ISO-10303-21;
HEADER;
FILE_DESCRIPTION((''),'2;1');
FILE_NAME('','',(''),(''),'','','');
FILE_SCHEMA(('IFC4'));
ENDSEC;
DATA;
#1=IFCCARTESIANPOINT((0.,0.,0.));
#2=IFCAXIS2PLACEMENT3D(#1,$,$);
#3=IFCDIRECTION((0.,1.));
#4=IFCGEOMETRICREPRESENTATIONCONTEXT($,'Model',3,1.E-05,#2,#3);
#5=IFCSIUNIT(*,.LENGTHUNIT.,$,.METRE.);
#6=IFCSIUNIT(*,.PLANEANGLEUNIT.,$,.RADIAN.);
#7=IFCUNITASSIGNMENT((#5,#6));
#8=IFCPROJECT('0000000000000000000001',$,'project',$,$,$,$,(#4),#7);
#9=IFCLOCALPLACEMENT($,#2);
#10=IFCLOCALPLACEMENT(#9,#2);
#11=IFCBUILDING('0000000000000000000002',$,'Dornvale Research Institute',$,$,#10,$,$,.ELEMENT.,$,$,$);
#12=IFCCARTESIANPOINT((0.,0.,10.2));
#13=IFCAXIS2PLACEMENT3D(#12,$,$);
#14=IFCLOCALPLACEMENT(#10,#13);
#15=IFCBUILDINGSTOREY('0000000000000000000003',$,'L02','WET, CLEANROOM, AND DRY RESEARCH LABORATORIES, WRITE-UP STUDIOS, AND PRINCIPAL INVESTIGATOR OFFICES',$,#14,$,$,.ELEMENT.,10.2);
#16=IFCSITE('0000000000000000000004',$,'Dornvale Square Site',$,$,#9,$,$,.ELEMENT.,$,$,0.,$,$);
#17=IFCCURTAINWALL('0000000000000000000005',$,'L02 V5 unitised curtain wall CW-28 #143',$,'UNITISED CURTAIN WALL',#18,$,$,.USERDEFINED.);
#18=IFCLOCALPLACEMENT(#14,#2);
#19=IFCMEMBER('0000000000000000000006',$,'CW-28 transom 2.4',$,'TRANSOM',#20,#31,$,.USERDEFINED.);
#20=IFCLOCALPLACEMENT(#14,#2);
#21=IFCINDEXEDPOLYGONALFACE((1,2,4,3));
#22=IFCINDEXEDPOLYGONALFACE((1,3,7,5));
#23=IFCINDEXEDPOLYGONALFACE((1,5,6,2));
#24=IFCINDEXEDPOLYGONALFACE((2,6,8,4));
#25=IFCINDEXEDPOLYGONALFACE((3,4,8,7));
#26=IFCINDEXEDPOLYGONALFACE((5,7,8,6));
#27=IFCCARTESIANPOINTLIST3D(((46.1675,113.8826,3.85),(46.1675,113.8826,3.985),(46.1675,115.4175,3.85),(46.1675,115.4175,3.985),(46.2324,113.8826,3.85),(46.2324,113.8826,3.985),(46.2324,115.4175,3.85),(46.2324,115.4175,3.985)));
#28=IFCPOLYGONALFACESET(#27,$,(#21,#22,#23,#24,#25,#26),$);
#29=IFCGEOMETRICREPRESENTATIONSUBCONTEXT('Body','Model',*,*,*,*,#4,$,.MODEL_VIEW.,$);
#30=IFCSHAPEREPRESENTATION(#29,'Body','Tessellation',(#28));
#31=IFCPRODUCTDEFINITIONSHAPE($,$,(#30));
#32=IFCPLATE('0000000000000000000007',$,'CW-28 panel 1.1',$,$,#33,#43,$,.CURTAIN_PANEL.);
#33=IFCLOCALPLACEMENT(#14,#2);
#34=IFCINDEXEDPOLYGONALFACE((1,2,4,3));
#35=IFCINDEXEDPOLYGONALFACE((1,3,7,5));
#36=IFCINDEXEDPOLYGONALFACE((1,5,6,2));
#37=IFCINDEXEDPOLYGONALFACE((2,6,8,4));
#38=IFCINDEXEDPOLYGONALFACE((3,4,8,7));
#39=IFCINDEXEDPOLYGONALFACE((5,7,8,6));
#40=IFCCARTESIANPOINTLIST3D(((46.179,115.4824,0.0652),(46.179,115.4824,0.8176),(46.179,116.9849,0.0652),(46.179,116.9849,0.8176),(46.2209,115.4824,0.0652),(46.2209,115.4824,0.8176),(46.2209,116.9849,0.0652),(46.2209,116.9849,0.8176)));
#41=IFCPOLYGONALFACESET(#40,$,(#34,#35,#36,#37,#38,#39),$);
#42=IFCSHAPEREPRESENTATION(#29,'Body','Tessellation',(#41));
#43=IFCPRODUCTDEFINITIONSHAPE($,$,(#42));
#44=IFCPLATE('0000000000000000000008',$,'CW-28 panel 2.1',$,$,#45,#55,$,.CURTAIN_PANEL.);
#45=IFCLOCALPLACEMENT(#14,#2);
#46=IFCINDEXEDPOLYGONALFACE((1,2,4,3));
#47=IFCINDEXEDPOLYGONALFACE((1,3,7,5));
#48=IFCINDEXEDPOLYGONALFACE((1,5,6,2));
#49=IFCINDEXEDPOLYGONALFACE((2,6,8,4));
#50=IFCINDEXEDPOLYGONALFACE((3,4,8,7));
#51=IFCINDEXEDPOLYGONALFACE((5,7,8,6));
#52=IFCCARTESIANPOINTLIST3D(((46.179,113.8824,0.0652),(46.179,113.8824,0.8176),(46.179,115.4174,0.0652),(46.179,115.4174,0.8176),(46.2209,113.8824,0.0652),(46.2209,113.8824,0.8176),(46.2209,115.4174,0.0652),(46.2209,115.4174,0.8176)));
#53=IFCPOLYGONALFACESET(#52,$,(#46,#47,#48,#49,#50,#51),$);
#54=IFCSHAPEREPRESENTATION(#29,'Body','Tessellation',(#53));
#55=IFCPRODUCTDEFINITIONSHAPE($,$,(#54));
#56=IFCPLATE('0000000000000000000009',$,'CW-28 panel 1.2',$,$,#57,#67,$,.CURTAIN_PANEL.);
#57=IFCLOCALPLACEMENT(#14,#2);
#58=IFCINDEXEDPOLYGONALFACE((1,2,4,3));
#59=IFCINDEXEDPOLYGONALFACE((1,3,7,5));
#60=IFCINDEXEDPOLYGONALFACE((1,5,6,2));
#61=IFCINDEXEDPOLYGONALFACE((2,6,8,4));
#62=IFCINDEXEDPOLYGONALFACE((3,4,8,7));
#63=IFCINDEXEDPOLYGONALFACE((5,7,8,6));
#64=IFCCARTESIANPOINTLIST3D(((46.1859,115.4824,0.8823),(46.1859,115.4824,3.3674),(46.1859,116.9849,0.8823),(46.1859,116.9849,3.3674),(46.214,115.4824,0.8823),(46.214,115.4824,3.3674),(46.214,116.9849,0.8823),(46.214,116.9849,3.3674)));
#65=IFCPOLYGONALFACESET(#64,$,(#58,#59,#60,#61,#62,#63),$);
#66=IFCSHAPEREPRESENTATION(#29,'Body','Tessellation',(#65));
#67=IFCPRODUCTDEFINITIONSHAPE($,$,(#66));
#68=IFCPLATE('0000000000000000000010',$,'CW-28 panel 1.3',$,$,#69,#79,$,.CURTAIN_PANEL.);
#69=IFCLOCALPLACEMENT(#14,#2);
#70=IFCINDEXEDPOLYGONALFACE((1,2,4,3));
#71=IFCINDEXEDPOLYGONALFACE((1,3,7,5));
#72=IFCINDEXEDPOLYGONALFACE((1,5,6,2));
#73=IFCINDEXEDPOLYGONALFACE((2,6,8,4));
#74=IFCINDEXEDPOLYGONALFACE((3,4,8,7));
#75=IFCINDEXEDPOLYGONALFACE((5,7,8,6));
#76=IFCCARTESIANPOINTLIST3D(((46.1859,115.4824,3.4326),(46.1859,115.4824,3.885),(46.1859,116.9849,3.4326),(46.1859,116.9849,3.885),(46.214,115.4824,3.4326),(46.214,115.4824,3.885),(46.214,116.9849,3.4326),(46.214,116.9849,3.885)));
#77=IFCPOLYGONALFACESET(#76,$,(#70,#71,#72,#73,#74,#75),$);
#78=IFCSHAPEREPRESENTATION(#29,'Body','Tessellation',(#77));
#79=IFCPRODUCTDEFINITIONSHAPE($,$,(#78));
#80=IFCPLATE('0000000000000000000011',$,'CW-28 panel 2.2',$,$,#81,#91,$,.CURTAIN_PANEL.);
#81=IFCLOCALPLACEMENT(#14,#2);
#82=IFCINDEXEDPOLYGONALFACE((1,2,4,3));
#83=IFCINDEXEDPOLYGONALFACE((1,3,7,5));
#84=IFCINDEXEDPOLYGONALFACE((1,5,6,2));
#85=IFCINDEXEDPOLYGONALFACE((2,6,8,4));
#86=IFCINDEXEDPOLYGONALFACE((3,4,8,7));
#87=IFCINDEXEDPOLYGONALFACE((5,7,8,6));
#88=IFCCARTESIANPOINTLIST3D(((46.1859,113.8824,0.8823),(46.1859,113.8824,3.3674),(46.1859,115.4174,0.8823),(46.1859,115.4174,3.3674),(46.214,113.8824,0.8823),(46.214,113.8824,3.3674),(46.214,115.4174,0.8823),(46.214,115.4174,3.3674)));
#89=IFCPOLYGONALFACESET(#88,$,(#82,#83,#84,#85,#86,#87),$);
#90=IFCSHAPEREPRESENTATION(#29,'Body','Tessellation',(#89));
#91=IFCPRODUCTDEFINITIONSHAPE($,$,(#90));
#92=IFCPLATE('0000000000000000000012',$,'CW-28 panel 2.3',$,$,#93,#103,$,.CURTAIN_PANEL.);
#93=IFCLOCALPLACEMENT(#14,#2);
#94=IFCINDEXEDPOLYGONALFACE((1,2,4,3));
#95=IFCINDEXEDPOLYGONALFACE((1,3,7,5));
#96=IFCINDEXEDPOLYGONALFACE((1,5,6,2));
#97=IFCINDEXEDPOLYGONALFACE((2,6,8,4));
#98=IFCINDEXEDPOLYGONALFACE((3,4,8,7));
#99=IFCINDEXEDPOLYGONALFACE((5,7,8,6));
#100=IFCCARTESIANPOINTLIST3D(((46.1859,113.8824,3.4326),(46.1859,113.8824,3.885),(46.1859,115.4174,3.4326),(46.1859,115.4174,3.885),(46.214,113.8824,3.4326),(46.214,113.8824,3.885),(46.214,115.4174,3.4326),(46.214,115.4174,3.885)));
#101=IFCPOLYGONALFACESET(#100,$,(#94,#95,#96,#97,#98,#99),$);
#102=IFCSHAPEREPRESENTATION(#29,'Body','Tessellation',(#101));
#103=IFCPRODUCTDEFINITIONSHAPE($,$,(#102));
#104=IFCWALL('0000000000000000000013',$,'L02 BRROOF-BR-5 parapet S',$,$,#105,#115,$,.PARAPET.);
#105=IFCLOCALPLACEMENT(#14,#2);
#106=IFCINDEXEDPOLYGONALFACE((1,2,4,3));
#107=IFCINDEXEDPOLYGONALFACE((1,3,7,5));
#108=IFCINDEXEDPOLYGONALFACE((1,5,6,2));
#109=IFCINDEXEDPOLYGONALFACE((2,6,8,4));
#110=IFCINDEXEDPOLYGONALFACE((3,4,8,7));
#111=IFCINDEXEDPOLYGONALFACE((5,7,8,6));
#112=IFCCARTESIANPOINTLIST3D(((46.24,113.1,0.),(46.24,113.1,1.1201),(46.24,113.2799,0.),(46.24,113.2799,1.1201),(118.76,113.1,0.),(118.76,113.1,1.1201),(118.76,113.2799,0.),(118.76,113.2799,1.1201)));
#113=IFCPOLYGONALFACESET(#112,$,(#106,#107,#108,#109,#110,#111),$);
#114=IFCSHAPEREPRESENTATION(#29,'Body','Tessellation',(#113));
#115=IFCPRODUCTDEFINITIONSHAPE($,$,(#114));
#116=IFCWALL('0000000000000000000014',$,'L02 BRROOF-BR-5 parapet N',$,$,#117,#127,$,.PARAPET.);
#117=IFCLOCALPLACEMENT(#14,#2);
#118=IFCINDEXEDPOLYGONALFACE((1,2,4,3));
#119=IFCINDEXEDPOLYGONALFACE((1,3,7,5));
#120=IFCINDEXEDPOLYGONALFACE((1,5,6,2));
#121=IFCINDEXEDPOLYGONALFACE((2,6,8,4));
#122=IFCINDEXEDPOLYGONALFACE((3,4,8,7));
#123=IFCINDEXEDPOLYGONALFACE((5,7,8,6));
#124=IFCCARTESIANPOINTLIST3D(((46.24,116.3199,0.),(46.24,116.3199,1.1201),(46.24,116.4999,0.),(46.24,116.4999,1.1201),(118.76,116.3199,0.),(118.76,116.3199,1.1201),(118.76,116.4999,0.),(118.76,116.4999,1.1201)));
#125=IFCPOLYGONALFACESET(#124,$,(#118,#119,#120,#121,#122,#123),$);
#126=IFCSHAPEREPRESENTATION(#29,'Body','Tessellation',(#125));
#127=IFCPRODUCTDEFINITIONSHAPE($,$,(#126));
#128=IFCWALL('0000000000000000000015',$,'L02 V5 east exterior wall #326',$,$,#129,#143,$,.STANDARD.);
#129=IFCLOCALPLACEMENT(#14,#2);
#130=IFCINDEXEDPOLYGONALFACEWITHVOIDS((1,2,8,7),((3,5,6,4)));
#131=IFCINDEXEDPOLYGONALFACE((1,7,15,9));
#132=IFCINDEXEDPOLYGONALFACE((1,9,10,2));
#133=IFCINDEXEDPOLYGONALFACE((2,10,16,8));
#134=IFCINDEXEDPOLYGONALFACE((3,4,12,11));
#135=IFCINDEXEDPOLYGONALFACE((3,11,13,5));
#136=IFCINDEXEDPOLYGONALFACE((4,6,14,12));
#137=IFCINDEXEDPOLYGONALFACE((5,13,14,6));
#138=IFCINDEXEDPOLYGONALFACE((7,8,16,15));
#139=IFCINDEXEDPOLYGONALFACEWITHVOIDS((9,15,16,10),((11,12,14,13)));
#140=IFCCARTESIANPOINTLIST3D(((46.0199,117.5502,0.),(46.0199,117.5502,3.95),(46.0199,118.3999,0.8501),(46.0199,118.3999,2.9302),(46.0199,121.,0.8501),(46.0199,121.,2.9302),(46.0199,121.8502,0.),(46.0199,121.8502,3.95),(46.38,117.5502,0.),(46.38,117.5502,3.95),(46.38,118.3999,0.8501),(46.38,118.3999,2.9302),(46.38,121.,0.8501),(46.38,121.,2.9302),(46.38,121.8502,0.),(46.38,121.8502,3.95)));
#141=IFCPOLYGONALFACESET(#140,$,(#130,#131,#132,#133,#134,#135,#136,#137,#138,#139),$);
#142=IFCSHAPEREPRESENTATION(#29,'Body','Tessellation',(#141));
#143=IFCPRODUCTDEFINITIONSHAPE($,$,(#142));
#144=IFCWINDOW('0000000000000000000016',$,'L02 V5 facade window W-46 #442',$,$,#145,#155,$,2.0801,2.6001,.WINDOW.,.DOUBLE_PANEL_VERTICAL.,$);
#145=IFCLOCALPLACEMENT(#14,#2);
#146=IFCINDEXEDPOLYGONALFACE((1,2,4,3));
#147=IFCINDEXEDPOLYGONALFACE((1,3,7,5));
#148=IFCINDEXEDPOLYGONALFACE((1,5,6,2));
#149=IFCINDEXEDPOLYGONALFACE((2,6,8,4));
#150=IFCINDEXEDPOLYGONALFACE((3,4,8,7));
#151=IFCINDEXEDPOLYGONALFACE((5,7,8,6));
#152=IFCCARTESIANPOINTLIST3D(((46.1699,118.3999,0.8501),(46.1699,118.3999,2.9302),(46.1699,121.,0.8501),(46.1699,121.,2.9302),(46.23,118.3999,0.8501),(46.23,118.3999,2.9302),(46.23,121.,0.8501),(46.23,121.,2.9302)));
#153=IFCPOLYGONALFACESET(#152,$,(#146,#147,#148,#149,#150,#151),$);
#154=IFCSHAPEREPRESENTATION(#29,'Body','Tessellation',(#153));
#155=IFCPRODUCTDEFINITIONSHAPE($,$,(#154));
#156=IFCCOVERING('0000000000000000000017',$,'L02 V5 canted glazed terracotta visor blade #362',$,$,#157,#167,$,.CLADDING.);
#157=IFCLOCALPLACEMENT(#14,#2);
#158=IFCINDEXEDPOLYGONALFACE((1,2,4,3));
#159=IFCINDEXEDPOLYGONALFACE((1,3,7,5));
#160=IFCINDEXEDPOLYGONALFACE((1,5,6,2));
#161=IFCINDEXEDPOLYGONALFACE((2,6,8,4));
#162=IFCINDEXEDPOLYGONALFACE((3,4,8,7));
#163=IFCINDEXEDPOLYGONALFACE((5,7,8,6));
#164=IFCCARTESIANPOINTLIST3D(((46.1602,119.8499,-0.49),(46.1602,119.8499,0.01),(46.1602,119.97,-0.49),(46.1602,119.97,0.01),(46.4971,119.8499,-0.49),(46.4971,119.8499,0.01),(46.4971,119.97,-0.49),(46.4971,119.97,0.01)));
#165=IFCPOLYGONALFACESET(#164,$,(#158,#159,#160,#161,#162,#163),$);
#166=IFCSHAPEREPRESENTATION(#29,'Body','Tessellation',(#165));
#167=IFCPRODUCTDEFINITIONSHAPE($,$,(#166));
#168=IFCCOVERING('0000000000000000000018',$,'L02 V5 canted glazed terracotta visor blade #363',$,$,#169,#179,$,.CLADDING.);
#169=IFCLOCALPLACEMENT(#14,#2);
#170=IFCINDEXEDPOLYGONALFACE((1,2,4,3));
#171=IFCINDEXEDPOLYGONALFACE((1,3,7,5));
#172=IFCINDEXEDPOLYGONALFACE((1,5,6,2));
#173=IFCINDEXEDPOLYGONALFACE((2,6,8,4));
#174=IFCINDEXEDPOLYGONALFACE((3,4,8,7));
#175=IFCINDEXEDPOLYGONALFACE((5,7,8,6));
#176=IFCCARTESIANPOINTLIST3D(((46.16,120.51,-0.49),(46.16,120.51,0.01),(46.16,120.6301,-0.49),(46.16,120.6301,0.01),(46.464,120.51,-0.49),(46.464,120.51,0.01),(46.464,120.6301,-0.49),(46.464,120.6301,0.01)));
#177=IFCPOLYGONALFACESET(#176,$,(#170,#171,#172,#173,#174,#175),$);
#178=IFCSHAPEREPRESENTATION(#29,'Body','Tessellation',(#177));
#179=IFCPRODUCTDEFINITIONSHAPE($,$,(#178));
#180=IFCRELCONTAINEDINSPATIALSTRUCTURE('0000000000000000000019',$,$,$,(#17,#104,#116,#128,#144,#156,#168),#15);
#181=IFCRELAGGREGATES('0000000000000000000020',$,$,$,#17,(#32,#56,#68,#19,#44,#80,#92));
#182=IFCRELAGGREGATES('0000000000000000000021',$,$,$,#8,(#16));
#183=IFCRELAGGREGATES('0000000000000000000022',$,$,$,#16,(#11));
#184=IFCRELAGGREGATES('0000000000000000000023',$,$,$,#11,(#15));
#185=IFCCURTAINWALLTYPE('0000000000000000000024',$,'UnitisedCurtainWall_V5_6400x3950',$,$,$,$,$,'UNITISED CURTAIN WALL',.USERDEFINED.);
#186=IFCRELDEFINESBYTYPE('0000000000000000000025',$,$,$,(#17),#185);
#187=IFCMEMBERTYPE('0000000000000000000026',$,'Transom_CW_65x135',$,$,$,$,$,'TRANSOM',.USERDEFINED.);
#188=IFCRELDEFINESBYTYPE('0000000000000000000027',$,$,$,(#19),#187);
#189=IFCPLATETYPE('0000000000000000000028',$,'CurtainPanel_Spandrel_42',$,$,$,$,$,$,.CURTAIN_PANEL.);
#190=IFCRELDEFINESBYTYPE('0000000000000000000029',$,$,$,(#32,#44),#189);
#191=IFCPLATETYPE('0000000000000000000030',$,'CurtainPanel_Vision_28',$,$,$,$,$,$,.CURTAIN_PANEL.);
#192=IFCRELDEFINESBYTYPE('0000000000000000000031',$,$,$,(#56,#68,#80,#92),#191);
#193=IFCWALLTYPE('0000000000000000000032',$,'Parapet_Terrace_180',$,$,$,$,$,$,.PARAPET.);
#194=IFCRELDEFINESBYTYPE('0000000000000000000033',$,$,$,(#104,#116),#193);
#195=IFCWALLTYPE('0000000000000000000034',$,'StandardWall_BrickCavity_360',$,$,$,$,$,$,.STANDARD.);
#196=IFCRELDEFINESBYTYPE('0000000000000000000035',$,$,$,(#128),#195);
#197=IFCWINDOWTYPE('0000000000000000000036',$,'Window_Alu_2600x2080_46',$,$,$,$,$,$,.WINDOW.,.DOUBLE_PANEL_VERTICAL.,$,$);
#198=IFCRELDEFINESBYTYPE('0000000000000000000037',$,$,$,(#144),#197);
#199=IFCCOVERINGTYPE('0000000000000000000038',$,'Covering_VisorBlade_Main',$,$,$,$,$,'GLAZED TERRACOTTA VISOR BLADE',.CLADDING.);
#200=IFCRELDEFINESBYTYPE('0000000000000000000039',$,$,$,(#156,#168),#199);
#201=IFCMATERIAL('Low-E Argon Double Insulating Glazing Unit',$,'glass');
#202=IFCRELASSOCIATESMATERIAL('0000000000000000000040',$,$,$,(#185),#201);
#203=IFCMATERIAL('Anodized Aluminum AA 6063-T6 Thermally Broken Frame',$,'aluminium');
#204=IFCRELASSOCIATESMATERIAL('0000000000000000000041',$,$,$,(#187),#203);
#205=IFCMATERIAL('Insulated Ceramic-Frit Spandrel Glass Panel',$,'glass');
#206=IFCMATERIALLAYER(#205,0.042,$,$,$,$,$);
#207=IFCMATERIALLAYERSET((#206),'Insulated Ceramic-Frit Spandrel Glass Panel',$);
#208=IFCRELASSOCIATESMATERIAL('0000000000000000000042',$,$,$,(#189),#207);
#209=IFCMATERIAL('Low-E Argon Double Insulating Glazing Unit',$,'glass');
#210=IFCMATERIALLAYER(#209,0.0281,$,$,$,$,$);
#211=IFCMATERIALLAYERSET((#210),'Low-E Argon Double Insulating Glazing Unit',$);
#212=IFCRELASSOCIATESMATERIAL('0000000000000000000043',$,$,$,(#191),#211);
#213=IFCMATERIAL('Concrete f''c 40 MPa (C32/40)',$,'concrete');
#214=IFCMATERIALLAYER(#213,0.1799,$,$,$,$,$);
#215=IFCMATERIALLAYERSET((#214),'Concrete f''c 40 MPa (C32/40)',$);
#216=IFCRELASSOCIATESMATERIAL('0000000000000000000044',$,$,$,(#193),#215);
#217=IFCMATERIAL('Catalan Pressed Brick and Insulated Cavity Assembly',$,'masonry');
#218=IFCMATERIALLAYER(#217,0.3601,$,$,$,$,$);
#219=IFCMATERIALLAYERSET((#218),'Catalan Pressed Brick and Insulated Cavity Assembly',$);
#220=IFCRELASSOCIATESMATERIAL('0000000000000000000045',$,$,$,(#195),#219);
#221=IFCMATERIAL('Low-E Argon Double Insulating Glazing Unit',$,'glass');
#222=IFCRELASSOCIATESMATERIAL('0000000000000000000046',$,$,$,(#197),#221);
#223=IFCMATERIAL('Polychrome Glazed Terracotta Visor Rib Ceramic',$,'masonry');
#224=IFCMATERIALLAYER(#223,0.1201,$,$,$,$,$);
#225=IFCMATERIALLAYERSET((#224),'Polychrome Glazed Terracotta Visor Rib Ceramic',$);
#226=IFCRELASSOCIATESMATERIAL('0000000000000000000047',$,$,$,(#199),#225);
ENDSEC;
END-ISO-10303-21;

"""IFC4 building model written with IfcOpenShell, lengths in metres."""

from ifc_helpers import new_model, si_unit, direction, frame, frame_2d, origin, origin_2d, place, context, subcontext, project, spatial, rectangle, extrude, material, layer, layer_set, material_profile, profile_set, type_object, element, fill, aggregate, save


model = new_model("IFC4")

# Units and contexts
model_context = context("Model", 3, precision=1e-05, world=origin(), true_north=direction((0.0, 1.0)))
body_context = subcontext(model_context, "Body", "Model", "MODEL_VIEW")
ifc_project = project(units=[si_unit("LENGTHUNIT", "METRE"), si_unit("PLANEANGLEUNIT", "RADIAN")], contexts=[model_context])

# Site, building, storey
site_placement = place(None, origin())
site = spatial("IfcSite", under=ifc_project, at=site_placement, Name="Dornvale Square Site", CompositionType="ELEMENT", RefElevation=0.0)
building_placement = place(site_placement, origin())
building = spatial("IfcBuilding", under=site, at=building_placement, Name="Dornvale Research Institute", CompositionType="ELEMENT")
storey_placement = place(building_placement, frame((0.0, 0.0, 10.2)))
storey = spatial("IfcBuildingStorey", under=building, at=storey_placement, Name="L02", Description="WET, CLEANROOM, AND DRY RESEARCH LABORATORIES, WRITE-UP STUDIOS, AND PRINCIPAL INVESTIGATOR OFFICES", CompositionType="ELEMENT", Elevation=10.2)

# Curtain wall
ifc_material_1 = material(Name="Low-E Argon Double Insulating Glazing Unit", Category="glass")
curtain_wall_type = type_object("IfcCurtainWallType", Name="UnitisedCurtainWall_V5_6400x3950", ElementType="UNITISED CURTAIN WALL", PredefinedType="USERDEFINED", material=ifc_material_1)
curtain_wall_placement = place(storey_placement, origin())
curtain_wall = element("IfcCurtainWall", 1, at=curtain_wall_placement, inside=storey, type_object=curtain_wall_type, Name="L02 V5 unitised curtain wall CW-28 #143", ObjectType="UNITISED CURTAIN WALL", PredefinedType="USERDEFINED")

# Member
ifc_material_2 = material(Name="Anodized Aluminum AA 6063-T6 Thermally Broken Frame", Category="aluminium")
ifc_material_profile_1 = material_profile(ifc_material_2, rectangle(XDim=0.0649, YDim=0.135, at=origin_2d()), Name="ALU TRANSOM 65x135")
ifc_profile_set_1 = profile_set([ifc_material_profile_1], Name="Anodized Aluminum AA 6063-T6 Thermally Broken Frame")
member_type_1 = type_object("IfcMemberType", Name="Transom_CW_65x135", ElementType="TRANSOM", PredefinedType="USERDEFINED", material=ifc_profile_set_1)
member_1_placement = place(storey_placement, frame((46.2, 115.4175, 3.9175), z_axis=(0.0, -1.0, 0.0), x_axis=(1.0, 0.0, 0.0)))
member_1 = element("IfcMember", 2, at=member_1_placement, type_object=member_type_1, Name="CW-28 transom 2.4", ObjectType="TRANSOM", PredefinedType="USERDEFINED", context=body_context, shape_type="SweptSolid", body=[
    extrude(rectangle(XDim=0.0649, YDim=0.135, at=origin_2d()), origin(), (0.0, 0.0, 1.0), 1.5349),
])

# Plates
ifc_material_3 = material(Name="Insulated Ceramic-Frit Spandrel Glass Panel", Category="glass")
ifc_layer_1 = layer(ifc_material_3, 0.042)
ifc_layer_set_1 = layer_set([ifc_layer_1], Name="Insulated Ceramic-Frit Spandrel Glass Panel")
plate_type_1 = type_object("IfcPlateType", Name="CurtainPanel_Spandrel_42", PredefinedType="CURTAIN_PANEL", material=ifc_layer_set_1)
plate_1_placement = place(storey_placement, frame((46.2, 116.2336, 0.0652), z_axis=(0.0, 0.0, 1.0), x_axis=(0.0, -1.0, 0.0)))
plate_1 = element("IfcPlate", 3, at=plate_1_placement, type_object=plate_type_1, Name="CW-28 panel 1.1", PredefinedType="CURTAIN_PANEL", context=body_context, shape_type="SweptSolid", body=[
    extrude(rectangle(XDim=1.5024, YDim=0.042, at=origin_2d()), origin(), (0.0, 0.0, 1.0), 0.7524),
])
plate_2_placement = place(storey_placement, frame((46.2, 114.6499, 0.0652), z_axis=(0.0, 0.0, 1.0), x_axis=(0.0, -1.0, 0.0)))
plate_2 = element("IfcPlate", 4, at=plate_2_placement, type_object=plate_type_1, Name="CW-28 panel 2.1", PredefinedType="CURTAIN_PANEL", context=body_context, shape_type="SweptSolid", body=[
    extrude(rectangle(XDim=1.5349, YDim=0.042, at=origin_2d()), origin(), (0.0, 0.0, 1.0), 0.7524),
])
ifc_material_4 = material(Name="Low-E Argon Double Insulating Glazing Unit", Category="glass")
ifc_layer_2 = layer(ifc_material_4, 0.0281)
ifc_layer_set_2 = layer_set([ifc_layer_2], Name="Low-E Argon Double Insulating Glazing Unit")
plate_type_2 = type_object("IfcPlateType", Name="CurtainPanel_Vision_28", PredefinedType="CURTAIN_PANEL", material=ifc_layer_set_2)
plate_3_placement = place(storey_placement, frame((46.2, 116.2336, 0.8823), z_axis=(0.0, 0.0, 1.0), x_axis=(0.0, -1.0, 0.0)))
plate_3 = element("IfcPlate", 5, at=plate_3_placement, type_object=plate_type_2, Name="CW-28 panel 1.2", PredefinedType="CURTAIN_PANEL", context=body_context, shape_type="SweptSolid", body=[
    extrude(rectangle(XDim=1.5024, YDim=0.0281, at=origin_2d()), origin(), (0.0, 0.0, 1.0), 2.4851),
])
plate_4_placement = place(storey_placement, frame((46.2, 116.2336, 3.4326), z_axis=(0.0, 0.0, 1.0), x_axis=(0.0, -1.0, 0.0)))
plate_4 = element("IfcPlate", 6, at=plate_4_placement, type_object=plate_type_2, Name="CW-28 panel 1.3", PredefinedType="CURTAIN_PANEL", context=body_context, shape_type="SweptSolid", body=[
    extrude(rectangle(XDim=1.5024, YDim=0.0281, at=origin_2d()), origin(), (0.0, 0.0, 1.0), 0.4524),
])
plate_5_placement = place(storey_placement, frame((46.2, 114.6499, 0.8823), z_axis=(0.0, 0.0, 1.0), x_axis=(0.0, -1.0, 0.0)))
plate_5 = element("IfcPlate", 7, at=plate_5_placement, type_object=plate_type_2, Name="CW-28 panel 2.2", PredefinedType="CURTAIN_PANEL", context=body_context, shape_type="SweptSolid", body=[
    extrude(rectangle(XDim=1.5349, YDim=0.0281, at=origin_2d()), origin(), (0.0, 0.0, 1.0), 2.4851),
])
plate_6_placement = place(storey_placement, frame((46.2, 114.6499, 3.4326), z_axis=(0.0, 0.0, 1.0), x_axis=(0.0, -1.0, 0.0)))
plate_6 = element("IfcPlate", 8, at=plate_6_placement, type_object=plate_type_2, Name="CW-28 panel 2.3", PredefinedType="CURTAIN_PANEL", context=body_context, shape_type="SweptSolid", body=[
    extrude(rectangle(XDim=1.5349, YDim=0.0281, at=origin_2d()), origin(), (0.0, 0.0, 1.0), 0.4524),
])
aggregate(curtain_wall, [plate_1, plate_3, plate_4, member_1, plate_2, plate_5, plate_6])

# Walls
ifc_material_5 = material(Name="Concrete f'c 40 MPa (C32/40)", Category="concrete")
ifc_layer_3 = layer(ifc_material_5, 0.1799)
ifc_layer_set_3 = layer_set([ifc_layer_3], Name="Concrete f'c 40 MPa (C32/40)")
wall_type_1 = type_object("IfcWallType", Name="Parapet_Terrace_180", PredefinedType="PARAPET", material=ifc_layer_set_3)
for number, where, z_axis, x_axis, name in (
    (9, (46.24, 113.1899, 0.0), (0.0, 0.0, 1.0), (1.0, 0.0, 0.0), "L02 BRROOF-BR-5 parapet S"),
    (10, (46.24, 116.4099, 0.0), (0.0, 0.0, 1.0), (1.0, 0.0, 0.0), "L02 BRROOF-BR-5 parapet N"),
):
    element("IfcWall", number, at=place(storey_placement, frame(where, z_axis=z_axis, x_axis=x_axis)), inside=storey, type_object=wall_type_1, Name=name, PredefinedType="PARAPET", context=body_context, shape_type="SweptSolid", body=[
        extrude(rectangle(XDim=72.52, YDim=0.1799, at=frame_2d((36.26, 0.0))), origin(), (0.0, 0.0, 1.0), 1.1201),
    ])

# Wall, opening, window
ifc_material_6 = material(Name="Catalan Pressed Brick and Insulated Cavity Assembly", Category="masonry")
ifc_layer_4 = layer(ifc_material_6, 0.3601)
ifc_layer_set_4 = layer_set([ifc_layer_4], Name="Catalan Pressed Brick and Insulated Cavity Assembly")
wall_type_2 = type_object("IfcWallType", Name="StandardWall_BrickCavity_360", PredefinedType="STANDARD", material=ifc_layer_set_4)
wall_placement = place(storey_placement, frame((46.2, 121.8501, 0.0), z_axis=(0.0, 0.0, 1.0), x_axis=(0.0, -1.0, 0.0)))
wall = element("IfcWall", 11, at=wall_placement, inside=storey, type_object=wall_type_2, Name="L02 V5 east exterior wall #326", PredefinedType="STANDARD", context=body_context, shape_type="SweptSolid", body=[
    extrude(rectangle(XDim=4.3, YDim=0.3601, at=frame_2d((2.1499, 0.0))), origin(), (0.0, 0.0, 1.0), 3.95),
])
opening_placement = place(wall_placement, frame((0.8501, 0.0, 0.8501)))
opening = element("IfcOpeningElement", 12, at=opening_placement, cuts=wall, PredefinedType="OPENING", context=body_context, shape_type="SweptSolid", body=[
    extrude(rectangle(XDim=2.6001, YDim=2.0801, at=frame_2d((1.3, 1.04))), frame((0.0, 0.1951, 0.0), z_axis=(0.0, -1.0, 0.0), x_axis=(1.0, 0.0, 0.0)), (0.0, 0.0, 1.0), 0.3901),
])
ifc_material_7 = material(Name="Low-E Argon Double Insulating Glazing Unit", Category="glass")
window_type = type_object("IfcWindowType", Name="Window_Alu_2600x2080_46", PartitioningType="DOUBLE_PANEL_VERTICAL", PredefinedType="WINDOW", material=ifc_material_7)
window_placement = place(opening_placement, origin())
window = element("IfcWindow", 13, at=window_placement, inside=storey, type_object=window_type, Name="L02 V5 facade window W-46 #442", OverallHeight=2.0801, OverallWidth=2.6001, PartitioningType="DOUBLE_PANEL_VERTICAL", PredefinedType="WINDOW", context=body_context, shape_type="SweptSolid", body=[
    extrude(rectangle(XDim=2.6001, YDim=2.0801, at=frame_2d((1.3, 1.04))), frame((0.0, 0.03, 0.0), z_axis=(0.0, -1.0, 0.0), x_axis=(1.0, 0.0, 0.0)), (0.0, 0.0, 1.0), 0.0601),
])
fill(opening, window)

# Coverings
ifc_material_8 = material(Name="Polychrome Glazed Terracotta Visor Rib Ceramic", Category="masonry")
ifc_layer_5 = layer(ifc_material_8, 0.1201)
ifc_layer_set_5 = layer_set([ifc_layer_5], Name="Polychrome Glazed Terracotta Visor Rib Ceramic")
covering_type = type_object("IfcCoveringType", Name="Covering_VisorBlade_Main", ElementType="GLAZED TERRACOTTA VISOR BLADE", PredefinedType="CLADDING", material=ifc_layer_set_5)
covering_1_placement = place(storey_placement, frame((46.3286, 119.9099, -0.49), z_axis=(0.0, 0.0, 1.0), x_axis=(1.0, 0.0, 0.0)))
element("IfcCovering", 14, at=covering_1_placement, inside=storey, type_object=covering_type, Name="L02 V5 canted glazed terracotta visor blade #362", PredefinedType="CLADDING", context=body_context, shape_type="SweptSolid", body=[
    extrude(rectangle(XDim=0.3369, YDim=0.1201, at=origin_2d()), origin(), (0.0, 0.0, 1.0), 0.5),
])
covering_2_placement = place(storey_placement, frame((46.312, 120.5701, -0.49), z_axis=(0.0, 0.0, 1.0), x_axis=(1.0, 0.0, 0.0)))
element("IfcCovering", 15, at=covering_2_placement, inside=storey, type_object=covering_type, Name="L02 V5 canted glazed terracotta visor blade #363", PredefinedType="CLADDING", context=body_context, shape_type="SweptSolid", body=[
    extrude(rectangle(XDim=0.304, YDim=0.1201, at=origin_2d()), origin(), (0.0, 0.0, 1.0), 0.5),
])

save(model, "model.ifc")
